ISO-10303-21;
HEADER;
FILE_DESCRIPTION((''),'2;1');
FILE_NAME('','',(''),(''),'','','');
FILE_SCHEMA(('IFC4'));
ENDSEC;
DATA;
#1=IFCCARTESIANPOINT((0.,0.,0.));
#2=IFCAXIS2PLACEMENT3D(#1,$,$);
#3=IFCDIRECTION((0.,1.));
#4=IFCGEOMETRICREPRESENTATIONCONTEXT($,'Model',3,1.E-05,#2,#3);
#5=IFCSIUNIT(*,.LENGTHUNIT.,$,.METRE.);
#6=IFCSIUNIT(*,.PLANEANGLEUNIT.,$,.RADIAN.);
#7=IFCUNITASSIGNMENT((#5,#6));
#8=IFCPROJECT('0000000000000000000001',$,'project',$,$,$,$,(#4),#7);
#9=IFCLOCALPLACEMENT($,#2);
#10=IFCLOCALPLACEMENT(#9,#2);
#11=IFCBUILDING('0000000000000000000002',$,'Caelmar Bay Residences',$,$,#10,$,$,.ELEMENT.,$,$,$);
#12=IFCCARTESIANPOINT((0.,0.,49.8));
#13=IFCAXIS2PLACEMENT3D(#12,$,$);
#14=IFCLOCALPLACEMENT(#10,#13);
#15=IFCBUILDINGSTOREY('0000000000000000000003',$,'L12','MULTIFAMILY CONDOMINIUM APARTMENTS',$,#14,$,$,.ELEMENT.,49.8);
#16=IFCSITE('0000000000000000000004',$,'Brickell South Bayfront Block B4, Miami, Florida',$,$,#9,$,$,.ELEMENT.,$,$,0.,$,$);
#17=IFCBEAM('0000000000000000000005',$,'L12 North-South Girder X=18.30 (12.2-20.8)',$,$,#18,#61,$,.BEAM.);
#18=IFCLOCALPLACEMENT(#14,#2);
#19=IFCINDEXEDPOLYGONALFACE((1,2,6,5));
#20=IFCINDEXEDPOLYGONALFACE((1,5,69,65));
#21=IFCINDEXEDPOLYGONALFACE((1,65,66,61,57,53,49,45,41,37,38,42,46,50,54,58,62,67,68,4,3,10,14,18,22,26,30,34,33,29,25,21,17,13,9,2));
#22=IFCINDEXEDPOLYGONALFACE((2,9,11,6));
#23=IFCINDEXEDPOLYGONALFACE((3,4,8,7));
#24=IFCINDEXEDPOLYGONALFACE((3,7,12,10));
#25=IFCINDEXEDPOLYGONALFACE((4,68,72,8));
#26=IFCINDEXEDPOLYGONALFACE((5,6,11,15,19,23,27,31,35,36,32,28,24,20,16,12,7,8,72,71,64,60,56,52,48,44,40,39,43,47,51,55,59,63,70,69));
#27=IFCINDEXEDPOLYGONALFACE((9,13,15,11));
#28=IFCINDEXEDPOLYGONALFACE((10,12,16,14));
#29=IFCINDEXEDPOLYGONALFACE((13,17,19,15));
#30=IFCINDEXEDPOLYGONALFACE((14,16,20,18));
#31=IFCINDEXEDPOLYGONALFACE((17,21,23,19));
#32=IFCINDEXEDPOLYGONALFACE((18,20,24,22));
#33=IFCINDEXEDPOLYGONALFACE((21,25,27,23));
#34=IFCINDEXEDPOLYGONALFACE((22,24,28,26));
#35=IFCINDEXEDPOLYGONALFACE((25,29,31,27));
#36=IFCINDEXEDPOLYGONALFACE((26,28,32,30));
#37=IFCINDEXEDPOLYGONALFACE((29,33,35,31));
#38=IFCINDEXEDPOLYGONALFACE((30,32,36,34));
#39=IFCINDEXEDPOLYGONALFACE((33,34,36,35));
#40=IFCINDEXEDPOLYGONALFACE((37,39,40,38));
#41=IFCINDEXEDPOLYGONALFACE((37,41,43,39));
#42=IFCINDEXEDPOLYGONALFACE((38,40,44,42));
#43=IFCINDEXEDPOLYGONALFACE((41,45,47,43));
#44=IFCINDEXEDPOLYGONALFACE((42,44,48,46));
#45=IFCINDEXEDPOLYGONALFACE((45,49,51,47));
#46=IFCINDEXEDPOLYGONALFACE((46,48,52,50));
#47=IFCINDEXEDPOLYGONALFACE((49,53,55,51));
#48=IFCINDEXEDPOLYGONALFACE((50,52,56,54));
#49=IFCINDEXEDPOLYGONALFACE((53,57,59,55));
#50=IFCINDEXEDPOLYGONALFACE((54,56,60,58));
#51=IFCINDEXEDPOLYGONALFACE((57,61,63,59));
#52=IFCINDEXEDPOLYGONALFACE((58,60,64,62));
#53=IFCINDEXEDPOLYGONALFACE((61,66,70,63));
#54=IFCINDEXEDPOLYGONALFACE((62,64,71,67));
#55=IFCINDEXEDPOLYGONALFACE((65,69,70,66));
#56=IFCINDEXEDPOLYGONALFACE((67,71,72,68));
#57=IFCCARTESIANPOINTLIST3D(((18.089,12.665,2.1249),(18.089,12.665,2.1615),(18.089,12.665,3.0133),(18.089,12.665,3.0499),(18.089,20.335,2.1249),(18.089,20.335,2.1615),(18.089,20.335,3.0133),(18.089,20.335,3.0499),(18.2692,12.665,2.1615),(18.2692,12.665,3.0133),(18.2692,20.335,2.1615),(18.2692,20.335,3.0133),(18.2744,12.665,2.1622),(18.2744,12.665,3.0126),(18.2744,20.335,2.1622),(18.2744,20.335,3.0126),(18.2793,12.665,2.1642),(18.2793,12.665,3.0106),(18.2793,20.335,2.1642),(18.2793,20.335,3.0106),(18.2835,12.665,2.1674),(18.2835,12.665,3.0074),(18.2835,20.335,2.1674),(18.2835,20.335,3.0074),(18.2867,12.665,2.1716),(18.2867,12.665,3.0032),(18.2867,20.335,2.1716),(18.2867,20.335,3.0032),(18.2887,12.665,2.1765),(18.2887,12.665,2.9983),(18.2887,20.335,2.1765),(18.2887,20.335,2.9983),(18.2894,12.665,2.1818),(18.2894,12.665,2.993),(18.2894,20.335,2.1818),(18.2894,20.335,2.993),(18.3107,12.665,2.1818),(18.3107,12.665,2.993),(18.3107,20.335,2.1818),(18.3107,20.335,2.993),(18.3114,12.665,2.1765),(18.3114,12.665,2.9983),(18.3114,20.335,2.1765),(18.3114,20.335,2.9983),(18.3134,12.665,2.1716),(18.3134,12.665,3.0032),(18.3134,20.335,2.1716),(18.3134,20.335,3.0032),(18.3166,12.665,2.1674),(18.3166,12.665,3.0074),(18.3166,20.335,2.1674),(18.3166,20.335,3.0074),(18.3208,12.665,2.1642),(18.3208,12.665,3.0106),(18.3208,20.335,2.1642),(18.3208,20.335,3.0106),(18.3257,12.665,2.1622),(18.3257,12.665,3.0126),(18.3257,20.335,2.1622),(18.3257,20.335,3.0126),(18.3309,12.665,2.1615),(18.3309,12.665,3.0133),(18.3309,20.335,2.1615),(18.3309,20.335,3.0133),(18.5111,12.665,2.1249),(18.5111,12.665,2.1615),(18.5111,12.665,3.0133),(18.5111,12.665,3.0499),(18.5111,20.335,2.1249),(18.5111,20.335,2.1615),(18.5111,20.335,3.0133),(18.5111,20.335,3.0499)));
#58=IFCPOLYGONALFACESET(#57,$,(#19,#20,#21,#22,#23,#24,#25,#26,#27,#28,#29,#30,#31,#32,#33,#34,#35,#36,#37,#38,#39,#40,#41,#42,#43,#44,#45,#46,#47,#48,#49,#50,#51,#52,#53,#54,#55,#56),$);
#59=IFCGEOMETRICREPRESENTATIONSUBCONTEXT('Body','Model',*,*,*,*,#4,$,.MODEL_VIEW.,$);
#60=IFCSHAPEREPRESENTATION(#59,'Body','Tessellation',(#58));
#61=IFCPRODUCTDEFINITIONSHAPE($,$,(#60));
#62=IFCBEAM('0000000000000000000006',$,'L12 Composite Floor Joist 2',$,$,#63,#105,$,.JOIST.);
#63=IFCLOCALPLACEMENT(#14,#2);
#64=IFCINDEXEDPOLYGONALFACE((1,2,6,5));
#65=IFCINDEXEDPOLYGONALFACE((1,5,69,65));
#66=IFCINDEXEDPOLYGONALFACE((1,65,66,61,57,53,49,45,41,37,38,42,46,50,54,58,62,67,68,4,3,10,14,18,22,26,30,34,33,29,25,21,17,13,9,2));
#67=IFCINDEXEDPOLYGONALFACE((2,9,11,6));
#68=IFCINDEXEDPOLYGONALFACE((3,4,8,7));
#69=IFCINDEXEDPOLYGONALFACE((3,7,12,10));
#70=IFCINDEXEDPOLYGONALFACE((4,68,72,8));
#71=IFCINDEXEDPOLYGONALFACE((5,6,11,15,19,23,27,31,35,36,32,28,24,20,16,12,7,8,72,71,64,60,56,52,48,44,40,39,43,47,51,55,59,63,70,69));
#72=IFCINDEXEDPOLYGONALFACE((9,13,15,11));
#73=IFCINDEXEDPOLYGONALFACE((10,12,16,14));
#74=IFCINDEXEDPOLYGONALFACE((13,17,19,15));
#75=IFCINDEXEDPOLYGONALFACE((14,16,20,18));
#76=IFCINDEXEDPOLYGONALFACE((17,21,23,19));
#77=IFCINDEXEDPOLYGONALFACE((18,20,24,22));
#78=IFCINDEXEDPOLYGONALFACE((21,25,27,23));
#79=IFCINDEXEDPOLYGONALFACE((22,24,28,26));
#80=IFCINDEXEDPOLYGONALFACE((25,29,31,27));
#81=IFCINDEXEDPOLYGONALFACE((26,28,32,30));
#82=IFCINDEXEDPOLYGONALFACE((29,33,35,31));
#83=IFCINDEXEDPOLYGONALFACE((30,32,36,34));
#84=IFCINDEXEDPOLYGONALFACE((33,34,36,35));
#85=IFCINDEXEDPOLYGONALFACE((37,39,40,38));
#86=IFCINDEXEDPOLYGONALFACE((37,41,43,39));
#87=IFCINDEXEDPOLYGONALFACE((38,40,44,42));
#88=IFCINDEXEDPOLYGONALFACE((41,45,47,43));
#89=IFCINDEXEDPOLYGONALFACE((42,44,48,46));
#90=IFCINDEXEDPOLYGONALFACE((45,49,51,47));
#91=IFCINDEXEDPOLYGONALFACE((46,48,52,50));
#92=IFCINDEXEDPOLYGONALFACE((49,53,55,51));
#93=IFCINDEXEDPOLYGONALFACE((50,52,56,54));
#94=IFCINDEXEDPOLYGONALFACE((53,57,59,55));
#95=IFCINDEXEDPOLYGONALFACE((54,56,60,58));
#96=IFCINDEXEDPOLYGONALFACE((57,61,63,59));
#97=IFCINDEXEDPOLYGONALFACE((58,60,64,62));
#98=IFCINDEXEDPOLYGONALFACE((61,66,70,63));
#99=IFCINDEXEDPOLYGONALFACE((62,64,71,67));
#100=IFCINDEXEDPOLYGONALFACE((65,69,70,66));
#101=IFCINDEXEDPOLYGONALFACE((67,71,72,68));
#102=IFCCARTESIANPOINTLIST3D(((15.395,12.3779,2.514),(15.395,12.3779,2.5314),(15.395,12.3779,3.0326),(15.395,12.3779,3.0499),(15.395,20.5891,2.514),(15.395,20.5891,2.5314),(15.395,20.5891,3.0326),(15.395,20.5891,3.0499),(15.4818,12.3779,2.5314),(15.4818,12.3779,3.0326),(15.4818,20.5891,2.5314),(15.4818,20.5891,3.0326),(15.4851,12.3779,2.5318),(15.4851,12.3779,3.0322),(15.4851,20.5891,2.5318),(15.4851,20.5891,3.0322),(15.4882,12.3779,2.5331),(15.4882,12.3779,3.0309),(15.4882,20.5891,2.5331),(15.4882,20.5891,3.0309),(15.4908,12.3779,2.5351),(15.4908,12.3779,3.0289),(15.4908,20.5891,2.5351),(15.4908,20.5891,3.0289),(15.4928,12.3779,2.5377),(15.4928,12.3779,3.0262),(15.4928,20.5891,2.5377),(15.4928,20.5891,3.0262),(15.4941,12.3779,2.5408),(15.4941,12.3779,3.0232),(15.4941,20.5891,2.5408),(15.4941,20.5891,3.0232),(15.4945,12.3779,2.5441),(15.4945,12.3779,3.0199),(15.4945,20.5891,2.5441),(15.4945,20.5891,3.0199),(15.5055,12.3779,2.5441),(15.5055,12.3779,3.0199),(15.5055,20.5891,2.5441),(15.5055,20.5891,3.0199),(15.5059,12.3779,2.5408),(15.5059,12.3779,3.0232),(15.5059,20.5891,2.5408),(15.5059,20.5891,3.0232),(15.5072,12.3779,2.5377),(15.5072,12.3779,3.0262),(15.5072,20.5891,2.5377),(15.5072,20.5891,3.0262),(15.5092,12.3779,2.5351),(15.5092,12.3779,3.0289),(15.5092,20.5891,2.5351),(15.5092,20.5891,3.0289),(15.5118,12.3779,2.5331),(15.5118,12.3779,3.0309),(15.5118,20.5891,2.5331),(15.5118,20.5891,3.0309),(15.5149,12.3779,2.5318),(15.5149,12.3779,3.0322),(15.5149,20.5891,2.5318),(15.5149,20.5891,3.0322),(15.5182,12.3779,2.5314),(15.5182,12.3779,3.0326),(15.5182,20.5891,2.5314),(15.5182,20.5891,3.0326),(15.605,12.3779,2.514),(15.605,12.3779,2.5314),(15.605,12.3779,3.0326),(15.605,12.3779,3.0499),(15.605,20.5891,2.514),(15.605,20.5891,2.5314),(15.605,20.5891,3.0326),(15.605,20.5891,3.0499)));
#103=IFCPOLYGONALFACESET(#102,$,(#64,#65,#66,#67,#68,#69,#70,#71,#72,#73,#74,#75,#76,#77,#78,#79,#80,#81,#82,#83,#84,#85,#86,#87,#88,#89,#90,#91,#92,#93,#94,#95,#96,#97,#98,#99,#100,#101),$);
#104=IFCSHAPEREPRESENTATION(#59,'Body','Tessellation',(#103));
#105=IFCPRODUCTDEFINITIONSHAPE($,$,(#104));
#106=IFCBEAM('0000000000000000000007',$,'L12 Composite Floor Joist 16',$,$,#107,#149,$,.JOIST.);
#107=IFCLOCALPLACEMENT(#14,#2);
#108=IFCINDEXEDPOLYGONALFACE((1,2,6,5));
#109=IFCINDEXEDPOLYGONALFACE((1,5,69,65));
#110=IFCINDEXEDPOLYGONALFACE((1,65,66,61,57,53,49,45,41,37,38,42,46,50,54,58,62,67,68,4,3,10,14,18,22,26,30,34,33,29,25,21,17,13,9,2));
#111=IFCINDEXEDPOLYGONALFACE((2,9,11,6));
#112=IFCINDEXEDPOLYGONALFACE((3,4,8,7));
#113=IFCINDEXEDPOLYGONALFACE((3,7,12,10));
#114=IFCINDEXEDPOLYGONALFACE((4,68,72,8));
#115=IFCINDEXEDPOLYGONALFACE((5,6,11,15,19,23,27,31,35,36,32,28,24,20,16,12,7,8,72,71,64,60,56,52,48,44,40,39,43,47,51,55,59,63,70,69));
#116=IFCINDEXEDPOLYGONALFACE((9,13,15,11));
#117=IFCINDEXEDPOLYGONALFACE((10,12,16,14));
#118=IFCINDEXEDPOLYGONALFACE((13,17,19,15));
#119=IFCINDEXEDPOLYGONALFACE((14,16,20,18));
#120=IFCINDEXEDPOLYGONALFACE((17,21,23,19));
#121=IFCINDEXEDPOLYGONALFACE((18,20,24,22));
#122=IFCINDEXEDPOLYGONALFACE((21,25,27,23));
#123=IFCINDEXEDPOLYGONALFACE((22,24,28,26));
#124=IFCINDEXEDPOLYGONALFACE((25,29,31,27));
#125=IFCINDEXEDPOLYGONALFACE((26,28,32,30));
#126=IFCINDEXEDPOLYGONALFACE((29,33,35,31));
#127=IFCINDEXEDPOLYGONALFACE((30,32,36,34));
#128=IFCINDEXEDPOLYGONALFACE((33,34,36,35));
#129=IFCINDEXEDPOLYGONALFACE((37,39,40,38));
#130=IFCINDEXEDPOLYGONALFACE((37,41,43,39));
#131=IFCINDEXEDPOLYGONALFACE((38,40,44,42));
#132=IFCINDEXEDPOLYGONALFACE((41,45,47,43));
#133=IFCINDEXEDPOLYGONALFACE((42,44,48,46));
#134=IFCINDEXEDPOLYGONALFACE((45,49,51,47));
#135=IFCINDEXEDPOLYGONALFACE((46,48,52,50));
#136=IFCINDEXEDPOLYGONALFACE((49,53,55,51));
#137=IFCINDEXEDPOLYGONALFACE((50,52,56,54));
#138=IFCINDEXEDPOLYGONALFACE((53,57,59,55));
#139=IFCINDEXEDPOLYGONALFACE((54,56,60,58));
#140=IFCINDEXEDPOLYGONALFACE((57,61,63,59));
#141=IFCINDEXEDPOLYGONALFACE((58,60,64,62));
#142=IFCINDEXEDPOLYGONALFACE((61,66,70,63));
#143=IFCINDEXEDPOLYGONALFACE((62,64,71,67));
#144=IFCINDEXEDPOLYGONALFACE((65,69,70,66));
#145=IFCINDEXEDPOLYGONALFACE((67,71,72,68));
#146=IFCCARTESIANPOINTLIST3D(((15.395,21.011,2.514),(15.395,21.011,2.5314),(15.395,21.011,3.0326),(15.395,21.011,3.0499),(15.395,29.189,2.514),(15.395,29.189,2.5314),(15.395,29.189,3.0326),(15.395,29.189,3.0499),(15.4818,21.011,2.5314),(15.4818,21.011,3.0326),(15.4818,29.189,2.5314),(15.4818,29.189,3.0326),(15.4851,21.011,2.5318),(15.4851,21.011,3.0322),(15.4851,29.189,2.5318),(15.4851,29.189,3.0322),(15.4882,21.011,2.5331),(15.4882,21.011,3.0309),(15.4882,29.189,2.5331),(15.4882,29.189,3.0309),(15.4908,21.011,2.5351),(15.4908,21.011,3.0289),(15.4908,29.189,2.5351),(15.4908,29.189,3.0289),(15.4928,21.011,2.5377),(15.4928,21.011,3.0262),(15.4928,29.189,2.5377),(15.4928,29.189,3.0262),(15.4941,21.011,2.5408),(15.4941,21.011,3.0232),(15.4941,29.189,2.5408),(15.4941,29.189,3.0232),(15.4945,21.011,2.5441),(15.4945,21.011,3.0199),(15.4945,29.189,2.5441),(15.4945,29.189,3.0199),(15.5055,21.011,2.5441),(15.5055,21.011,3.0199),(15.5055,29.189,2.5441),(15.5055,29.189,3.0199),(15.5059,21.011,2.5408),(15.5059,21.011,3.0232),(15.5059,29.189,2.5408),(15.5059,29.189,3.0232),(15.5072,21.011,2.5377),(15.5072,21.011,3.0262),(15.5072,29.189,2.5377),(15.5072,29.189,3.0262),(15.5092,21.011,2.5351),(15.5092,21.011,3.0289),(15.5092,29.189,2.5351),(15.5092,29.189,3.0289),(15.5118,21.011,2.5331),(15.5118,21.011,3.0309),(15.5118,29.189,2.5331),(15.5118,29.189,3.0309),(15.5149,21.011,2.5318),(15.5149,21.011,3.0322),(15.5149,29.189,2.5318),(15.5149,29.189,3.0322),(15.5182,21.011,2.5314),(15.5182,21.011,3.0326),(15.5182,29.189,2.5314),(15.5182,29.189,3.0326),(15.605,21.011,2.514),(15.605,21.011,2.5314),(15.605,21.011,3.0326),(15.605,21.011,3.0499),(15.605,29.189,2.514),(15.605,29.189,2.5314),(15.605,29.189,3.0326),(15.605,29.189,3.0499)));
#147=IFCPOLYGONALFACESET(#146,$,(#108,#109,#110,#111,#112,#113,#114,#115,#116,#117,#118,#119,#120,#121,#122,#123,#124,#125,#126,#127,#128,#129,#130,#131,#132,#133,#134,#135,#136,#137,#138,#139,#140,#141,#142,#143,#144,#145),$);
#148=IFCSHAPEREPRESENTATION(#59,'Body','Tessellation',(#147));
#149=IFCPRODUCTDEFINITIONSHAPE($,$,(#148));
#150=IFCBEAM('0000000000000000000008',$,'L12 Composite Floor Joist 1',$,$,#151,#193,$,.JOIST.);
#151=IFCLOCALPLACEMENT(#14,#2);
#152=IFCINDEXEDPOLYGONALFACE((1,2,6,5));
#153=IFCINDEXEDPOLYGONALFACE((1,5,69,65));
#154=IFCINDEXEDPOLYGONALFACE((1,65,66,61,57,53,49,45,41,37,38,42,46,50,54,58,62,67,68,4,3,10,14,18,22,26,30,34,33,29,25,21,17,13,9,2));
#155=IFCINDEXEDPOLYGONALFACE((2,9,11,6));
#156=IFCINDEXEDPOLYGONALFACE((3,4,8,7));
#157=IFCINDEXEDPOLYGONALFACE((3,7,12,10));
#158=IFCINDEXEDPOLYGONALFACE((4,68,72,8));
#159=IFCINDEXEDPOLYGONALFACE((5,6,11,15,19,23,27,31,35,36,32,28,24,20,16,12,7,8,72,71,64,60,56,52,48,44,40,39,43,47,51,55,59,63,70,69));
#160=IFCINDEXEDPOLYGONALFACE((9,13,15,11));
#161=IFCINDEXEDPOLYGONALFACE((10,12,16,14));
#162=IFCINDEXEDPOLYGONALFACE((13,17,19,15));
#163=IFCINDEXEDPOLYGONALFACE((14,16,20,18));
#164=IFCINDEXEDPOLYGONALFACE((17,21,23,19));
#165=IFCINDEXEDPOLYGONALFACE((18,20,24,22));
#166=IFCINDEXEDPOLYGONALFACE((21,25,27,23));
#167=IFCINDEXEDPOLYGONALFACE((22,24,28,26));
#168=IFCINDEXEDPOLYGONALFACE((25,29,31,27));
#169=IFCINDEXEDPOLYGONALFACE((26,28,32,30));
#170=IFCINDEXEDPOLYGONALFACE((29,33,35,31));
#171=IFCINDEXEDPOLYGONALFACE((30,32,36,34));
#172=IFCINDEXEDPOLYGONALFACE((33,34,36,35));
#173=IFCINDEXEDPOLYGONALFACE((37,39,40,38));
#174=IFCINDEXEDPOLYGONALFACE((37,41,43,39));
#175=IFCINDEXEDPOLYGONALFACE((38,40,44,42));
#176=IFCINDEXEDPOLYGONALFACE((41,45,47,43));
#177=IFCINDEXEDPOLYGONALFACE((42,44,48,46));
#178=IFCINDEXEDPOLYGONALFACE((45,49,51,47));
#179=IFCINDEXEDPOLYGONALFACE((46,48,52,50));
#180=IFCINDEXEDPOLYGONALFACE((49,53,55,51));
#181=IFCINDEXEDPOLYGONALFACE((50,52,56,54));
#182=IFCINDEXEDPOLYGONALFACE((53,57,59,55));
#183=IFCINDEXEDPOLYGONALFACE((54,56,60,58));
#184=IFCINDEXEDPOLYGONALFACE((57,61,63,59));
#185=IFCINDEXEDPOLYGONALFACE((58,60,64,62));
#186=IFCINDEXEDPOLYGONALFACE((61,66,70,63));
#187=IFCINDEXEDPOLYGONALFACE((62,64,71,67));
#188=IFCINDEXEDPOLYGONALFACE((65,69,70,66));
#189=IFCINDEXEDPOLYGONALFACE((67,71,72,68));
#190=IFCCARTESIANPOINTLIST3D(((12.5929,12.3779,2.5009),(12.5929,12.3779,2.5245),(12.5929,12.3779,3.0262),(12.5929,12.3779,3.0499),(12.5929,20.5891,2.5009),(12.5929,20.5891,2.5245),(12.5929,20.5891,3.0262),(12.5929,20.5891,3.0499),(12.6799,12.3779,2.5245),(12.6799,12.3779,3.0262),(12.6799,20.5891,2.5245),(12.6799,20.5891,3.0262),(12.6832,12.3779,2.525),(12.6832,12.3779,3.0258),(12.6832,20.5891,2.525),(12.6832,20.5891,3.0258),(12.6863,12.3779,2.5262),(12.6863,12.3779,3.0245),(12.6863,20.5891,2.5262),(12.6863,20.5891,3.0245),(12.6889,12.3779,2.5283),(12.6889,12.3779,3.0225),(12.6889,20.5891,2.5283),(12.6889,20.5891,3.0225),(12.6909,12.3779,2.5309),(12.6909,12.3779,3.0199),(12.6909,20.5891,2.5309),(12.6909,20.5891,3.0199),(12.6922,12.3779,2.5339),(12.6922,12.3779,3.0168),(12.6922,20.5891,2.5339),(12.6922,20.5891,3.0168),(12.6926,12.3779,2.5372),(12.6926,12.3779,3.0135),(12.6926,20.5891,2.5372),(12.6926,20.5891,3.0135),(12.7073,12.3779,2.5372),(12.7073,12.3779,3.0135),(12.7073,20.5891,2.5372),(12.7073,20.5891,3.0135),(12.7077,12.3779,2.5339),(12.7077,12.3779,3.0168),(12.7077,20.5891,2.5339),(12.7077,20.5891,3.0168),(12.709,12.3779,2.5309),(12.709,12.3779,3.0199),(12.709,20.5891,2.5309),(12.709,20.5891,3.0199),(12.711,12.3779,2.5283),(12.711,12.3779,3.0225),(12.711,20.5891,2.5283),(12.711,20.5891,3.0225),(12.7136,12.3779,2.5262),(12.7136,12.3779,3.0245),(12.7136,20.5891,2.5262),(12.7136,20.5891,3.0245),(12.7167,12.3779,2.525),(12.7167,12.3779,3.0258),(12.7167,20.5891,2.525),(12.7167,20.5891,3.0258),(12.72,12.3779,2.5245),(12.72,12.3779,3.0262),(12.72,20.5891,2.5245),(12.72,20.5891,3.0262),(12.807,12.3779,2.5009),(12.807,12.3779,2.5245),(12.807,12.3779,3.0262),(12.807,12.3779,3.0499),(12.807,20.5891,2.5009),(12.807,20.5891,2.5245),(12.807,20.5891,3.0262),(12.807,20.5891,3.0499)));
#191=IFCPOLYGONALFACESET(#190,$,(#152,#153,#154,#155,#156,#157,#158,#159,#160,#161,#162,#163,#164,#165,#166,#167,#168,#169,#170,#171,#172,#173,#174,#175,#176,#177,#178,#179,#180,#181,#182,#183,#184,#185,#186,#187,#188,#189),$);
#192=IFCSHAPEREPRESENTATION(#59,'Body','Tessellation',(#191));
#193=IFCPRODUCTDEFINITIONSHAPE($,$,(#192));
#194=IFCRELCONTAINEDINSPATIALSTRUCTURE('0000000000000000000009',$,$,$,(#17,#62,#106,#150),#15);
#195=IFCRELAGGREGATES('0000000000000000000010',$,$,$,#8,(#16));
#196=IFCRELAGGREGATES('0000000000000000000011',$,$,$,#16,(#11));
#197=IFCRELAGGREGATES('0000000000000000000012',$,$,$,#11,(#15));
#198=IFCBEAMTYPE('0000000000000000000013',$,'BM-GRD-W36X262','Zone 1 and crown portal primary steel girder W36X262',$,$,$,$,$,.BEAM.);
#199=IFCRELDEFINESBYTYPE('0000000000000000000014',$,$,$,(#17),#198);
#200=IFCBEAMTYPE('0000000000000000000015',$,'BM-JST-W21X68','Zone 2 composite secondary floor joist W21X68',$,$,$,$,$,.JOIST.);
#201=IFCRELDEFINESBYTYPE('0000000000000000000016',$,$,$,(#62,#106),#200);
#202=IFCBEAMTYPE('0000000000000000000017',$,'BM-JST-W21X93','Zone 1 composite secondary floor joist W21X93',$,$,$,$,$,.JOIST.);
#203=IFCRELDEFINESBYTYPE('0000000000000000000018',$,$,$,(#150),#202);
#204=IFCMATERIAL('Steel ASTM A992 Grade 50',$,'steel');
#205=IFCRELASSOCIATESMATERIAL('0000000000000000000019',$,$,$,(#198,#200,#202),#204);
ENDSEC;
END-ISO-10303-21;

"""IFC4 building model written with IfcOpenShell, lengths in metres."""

from ifc_helpers import new_model, si_unit, direction, frame, origin, origin_2d, place, context, subcontext, project, spatial, i_section, extrude, material, material_profile, profile_set, type_object, element, save


model = new_model("IFC4")

# Units and contexts
model_context = context("Model", 3, precision=1e-05, world=origin(), true_north=direction((0.0, 1.0)))
body_context = subcontext(model_context, "Body", "Model", "MODEL_VIEW")
ifc_project = project(units=[si_unit("LENGTHUNIT", "METRE"), si_unit("PLANEANGLEUNIT", "RADIAN")], contexts=[model_context])

# Site, building, storey
site_placement = place(None, origin())
site = spatial("IfcSite", under=ifc_project, at=site_placement, Name="Brickell South Bayfront Block B4, Miami, Florida", CompositionType="ELEMENT", RefElevation=0.0)
building_placement = place(site_placement, origin())
building = spatial("IfcBuilding", under=site, at=building_placement, Name="Caelmar Bay Residences", CompositionType="ELEMENT")
storey_placement = place(building_placement, frame((0.0, 0.0, 49.8)))
storey = spatial("IfcBuildingStorey", under=building, at=storey_placement, Name="L12", Description="MULTIFAMILY CONDOMINIUM APARTMENTS", CompositionType="ELEMENT", Elevation=49.8)

# Beams
ifc_material_1 = material(Name="Steel ASTM A992 Grade 50", Category="steel")
ifc_material_profile_1 = material_profile(ifc_material_1, i_section(OverallWidth=0.4221, OverallDepth=0.925, WebThickness=0.0212, FlangeThickness=0.0366, FilletRadius=0.0203, at=origin_2d()), Name="W36X262")
ifc_profile_set_1 = profile_set([ifc_material_profile_1], Name="Steel ASTM A992 Grade 50")
beam_type_1 = type_object("IfcBeamType", Name="BM-GRD-W36X262", Description="Zone 1 and crown portal primary steel girder W36X262", PredefinedType="BEAM", material=ifc_profile_set_1)
beam_1_placement = place(storey_placement, frame((18.3, 12.665, 2.5874), z_axis=(0.0, 1.0, 0.0), x_axis=(-1.0, 0.0, 0.0)))
element("IfcBeam", 1, at=beam_1_placement, inside=storey, type_object=beam_type_1, Name="L12 North-South Girder X=18.30 (12.2-20.8)", PredefinedType="BEAM", context=body_context, shape_type="SweptSolid", body=[
    extrude(i_section(OverallWidth=0.4221, OverallDepth=0.925, WebThickness=0.0212, FlangeThickness=0.0366, FilletRadius=0.0203, at=origin_2d()), origin(), (0.0, 0.0, 1.0), 7.6699),
])
ifc_material_profile_2 = material_profile(ifc_material_1, i_section(OverallWidth=0.21, OverallDepth=0.5359, WebThickness=0.011, FlangeThickness=0.0173, FilletRadius=0.0127, at=origin_2d()), Name="W21X68")
ifc_profile_set_2 = profile_set([ifc_material_profile_2], Name="Steel ASTM A992 Grade 50")
beam_type_2 = type_object("IfcBeamType", Name="BM-JST-W21X68", Description="Zone 2 composite secondary floor joist W21X68", PredefinedType="JOIST", material=ifc_profile_set_2)
beam_2_placement = place(storey_placement, frame((15.5, 12.3779, 2.782), z_axis=(0.0, 1.0, 0.0), x_axis=(-1.0, 0.0, 0.0)))
element("IfcBeam", 2, at=beam_2_placement, inside=storey, type_object=beam_type_2, Name="L12 Composite Floor Joist 2", PredefinedType="JOIST", context=body_context, shape_type="SweptSolid", body=[
    extrude(i_section(OverallWidth=0.21, OverallDepth=0.5359, WebThickness=0.011, FlangeThickness=0.0173, FilletRadius=0.0127, at=origin_2d()), origin(), (0.0, 0.0, 1.0), 8.2112),
])
beam_3_placement = place(storey_placement, frame((15.5, 21.011, 2.782), z_axis=(0.0, 1.0, 0.0), x_axis=(-1.0, 0.0, 0.0)))
element("IfcBeam", 3, at=beam_3_placement, inside=storey, type_object=beam_type_2, Name="L12 Composite Floor Joist 16", PredefinedType="JOIST", context=body_context, shape_type="SweptSolid", body=[
    extrude(i_section(OverallWidth=0.21, OverallDepth=0.5359, WebThickness=0.011, FlangeThickness=0.0173, FilletRadius=0.0127, at=origin_2d()), origin(), (0.0, 0.0, 1.0), 8.178),
])
ifc_material_profile_3 = material_profile(ifc_material_1, i_section(OverallWidth=0.2141, OverallDepth=0.5491, WebThickness=0.0146, FlangeThickness=0.0237, FilletRadius=0.0127, at=origin_2d()), Name="W21X93")
ifc_profile_set_3 = profile_set([ifc_material_profile_3], Name="Steel ASTM A992 Grade 50")
beam_type_3 = type_object("IfcBeamType", Name="BM-JST-W21X93", Description="Zone 1 composite secondary floor joist W21X93", PredefinedType="JOIST", material=ifc_profile_set_3)
beam_4_placement = place(storey_placement, frame((12.7, 12.3779, 2.7754), z_axis=(0.0, 1.0, 0.0), x_axis=(-1.0, 0.0, 0.0)))
element("IfcBeam", 4, at=beam_4_placement, inside=storey, type_object=beam_type_3, Name="L12 Composite Floor Joist 1", PredefinedType="JOIST", context=body_context, shape_type="SweptSolid", body=[
    extrude(i_section(OverallWidth=0.2141, OverallDepth=0.5491, WebThickness=0.0146, FlangeThickness=0.0237, FilletRadius=0.0127, at=origin_2d()), origin(), (0.0, 0.0, 1.0), 8.2112),
])

save(model, "model.ifc")
